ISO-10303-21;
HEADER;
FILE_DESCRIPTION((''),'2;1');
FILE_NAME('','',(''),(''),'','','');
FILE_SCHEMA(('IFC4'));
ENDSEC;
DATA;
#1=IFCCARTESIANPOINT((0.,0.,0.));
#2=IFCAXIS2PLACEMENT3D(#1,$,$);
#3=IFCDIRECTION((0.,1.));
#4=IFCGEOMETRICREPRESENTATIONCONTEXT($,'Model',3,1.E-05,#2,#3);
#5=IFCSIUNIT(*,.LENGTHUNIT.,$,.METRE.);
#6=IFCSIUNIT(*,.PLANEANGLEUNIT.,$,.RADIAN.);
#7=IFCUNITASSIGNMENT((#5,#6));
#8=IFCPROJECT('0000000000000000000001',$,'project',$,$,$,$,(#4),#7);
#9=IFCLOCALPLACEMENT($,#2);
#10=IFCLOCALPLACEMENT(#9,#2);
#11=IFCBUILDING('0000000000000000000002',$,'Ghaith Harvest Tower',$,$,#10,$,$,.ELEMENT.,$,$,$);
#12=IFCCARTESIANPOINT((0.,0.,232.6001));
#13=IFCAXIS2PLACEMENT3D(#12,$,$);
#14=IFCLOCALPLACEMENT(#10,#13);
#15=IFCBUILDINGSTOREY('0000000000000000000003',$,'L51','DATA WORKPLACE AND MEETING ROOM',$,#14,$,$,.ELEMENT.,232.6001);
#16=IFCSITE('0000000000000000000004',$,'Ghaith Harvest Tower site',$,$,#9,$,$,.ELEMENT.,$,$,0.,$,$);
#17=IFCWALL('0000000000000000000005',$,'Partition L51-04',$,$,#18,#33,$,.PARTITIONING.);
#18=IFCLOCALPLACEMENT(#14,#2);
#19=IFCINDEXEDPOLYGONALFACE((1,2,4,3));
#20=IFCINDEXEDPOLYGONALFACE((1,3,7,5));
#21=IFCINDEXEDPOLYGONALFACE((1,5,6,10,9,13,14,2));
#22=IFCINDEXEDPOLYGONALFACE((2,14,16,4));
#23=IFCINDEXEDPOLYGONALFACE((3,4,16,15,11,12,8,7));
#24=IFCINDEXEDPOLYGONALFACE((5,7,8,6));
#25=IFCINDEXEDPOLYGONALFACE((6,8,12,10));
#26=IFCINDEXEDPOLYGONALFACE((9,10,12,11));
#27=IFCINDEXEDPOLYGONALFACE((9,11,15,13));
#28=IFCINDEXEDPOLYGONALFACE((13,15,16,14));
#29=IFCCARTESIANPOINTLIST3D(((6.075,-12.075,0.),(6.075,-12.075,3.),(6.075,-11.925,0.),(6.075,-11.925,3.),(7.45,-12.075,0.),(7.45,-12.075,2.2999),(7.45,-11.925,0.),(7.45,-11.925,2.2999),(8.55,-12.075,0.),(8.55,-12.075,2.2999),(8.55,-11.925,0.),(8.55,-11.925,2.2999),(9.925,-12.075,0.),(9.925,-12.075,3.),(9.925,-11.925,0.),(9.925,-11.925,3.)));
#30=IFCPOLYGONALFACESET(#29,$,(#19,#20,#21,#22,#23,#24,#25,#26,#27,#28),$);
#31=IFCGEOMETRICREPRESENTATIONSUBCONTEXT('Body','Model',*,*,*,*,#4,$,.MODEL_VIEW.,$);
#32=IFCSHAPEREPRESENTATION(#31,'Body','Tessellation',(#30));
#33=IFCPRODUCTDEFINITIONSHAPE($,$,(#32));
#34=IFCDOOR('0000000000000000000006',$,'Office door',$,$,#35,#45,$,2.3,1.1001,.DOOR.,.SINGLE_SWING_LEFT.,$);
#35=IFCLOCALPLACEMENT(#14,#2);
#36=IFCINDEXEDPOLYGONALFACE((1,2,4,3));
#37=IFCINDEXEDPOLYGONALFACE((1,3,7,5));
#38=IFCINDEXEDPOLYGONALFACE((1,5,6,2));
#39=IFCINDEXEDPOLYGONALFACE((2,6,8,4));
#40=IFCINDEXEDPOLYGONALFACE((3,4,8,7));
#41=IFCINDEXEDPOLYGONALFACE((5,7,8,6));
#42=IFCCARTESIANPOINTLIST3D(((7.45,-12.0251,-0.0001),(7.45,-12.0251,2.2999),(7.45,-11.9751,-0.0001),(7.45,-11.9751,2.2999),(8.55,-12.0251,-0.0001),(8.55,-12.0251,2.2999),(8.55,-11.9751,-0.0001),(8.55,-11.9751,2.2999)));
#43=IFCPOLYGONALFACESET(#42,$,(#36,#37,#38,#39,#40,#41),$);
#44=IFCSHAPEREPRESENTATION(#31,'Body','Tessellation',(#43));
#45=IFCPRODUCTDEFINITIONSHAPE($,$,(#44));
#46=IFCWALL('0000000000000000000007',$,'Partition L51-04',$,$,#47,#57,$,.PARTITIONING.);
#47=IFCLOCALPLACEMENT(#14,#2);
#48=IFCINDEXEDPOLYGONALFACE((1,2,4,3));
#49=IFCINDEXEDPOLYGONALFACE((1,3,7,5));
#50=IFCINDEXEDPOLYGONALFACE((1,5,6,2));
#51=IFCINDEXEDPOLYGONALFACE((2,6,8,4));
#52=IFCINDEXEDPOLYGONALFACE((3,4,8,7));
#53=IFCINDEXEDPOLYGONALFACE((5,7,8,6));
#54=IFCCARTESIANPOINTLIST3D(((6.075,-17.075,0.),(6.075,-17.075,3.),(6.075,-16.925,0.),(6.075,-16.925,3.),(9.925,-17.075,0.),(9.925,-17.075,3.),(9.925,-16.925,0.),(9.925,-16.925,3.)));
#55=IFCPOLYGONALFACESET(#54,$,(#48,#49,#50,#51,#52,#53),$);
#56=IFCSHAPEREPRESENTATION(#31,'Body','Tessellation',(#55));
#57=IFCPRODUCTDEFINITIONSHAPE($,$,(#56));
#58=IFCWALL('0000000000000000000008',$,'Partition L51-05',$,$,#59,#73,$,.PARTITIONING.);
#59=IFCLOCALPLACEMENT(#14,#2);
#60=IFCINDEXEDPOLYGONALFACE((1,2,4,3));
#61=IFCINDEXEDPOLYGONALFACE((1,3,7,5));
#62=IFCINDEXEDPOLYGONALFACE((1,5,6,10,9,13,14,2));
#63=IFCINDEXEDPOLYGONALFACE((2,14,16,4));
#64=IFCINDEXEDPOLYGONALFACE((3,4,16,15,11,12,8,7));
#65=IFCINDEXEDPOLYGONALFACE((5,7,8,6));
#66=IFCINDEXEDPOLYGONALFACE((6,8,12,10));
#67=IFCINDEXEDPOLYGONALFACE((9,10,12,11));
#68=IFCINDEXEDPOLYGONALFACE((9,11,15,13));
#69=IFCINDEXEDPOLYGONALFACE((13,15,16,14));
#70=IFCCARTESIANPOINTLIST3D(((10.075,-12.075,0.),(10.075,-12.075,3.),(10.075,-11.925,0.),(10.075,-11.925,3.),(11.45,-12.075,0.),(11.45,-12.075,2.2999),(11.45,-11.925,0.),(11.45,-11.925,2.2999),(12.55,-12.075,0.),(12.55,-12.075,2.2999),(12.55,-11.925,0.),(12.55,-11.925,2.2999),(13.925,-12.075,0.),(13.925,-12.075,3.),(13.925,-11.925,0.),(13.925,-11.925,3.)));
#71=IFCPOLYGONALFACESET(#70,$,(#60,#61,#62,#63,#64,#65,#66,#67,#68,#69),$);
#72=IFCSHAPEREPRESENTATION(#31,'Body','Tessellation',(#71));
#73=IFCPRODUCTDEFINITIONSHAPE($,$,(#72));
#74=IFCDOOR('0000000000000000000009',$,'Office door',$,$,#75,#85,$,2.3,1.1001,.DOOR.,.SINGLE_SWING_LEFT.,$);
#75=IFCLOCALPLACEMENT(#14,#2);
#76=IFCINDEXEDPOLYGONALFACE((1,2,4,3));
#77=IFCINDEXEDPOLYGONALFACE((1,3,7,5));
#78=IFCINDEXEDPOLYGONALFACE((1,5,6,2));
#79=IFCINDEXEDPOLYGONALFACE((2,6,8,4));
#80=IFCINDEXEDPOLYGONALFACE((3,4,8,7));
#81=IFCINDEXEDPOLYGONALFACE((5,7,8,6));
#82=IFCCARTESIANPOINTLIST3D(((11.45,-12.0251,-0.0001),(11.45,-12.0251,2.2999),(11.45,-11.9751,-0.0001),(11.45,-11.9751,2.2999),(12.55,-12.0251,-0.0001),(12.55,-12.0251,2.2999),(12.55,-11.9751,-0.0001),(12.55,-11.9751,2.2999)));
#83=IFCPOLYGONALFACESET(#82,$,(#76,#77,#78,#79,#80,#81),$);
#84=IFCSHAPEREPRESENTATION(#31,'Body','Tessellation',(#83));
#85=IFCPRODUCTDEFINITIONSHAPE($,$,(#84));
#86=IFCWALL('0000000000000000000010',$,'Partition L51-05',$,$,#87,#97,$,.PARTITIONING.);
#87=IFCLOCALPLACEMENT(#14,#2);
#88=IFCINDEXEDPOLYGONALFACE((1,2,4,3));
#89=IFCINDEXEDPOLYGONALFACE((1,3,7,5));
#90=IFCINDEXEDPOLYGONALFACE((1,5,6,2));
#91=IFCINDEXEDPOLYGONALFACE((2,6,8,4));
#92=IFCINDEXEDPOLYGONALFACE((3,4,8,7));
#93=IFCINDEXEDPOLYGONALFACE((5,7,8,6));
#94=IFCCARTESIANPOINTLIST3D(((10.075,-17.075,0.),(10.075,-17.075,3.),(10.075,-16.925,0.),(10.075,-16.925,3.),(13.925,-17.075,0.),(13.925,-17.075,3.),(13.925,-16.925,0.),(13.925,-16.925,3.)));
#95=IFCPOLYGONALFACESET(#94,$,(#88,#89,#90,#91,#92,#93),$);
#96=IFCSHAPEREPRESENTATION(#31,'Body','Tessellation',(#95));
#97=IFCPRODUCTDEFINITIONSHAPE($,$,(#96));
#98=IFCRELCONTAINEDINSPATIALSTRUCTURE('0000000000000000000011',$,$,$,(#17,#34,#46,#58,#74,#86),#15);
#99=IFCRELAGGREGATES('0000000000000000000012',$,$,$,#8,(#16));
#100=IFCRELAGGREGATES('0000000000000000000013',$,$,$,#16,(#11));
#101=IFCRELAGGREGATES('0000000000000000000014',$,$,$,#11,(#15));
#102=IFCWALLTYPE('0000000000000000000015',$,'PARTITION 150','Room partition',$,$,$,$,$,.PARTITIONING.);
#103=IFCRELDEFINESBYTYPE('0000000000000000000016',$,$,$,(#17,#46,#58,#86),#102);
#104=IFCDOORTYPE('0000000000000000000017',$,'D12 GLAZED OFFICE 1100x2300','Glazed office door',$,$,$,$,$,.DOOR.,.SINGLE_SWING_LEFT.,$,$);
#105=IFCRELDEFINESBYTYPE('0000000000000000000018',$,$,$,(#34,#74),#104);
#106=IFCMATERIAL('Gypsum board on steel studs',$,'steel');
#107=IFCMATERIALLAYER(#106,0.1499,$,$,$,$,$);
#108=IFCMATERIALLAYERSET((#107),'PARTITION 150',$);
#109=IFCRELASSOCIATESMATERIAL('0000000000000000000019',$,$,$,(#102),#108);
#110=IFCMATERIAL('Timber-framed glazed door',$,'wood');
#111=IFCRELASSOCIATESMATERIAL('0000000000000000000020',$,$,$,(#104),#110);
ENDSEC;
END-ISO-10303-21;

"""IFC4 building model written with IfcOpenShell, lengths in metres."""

from ifc_helpers import new_model, si_unit, direction, frame, frame_2d, origin, place, context, subcontext, project, spatial, rectangle, extrude, material, layer, layer_set, type_object, element, fill, save


model = new_model("IFC4")

# Units and contexts
model_context = context("Model", 3, precision=1e-05, world=origin(), true_north=direction((0.0, 1.0)))
body_context = subcontext(model_context, "Body", "Model", "MODEL_VIEW")
ifc_project = project(units=[si_unit("LENGTHUNIT", "METRE"), si_unit("PLANEANGLEUNIT", "RADIAN")], contexts=[model_context])

# Site, building, storey
site_placement = place(None, origin())
site = spatial("IfcSite", under=ifc_project, at=site_placement, Name="Ghaith Harvest Tower site", CompositionType="ELEMENT", RefElevation=0.0)
building_placement = place(site_placement, origin())
building = spatial("IfcBuilding", under=site, at=building_placement, Name="Ghaith Harvest Tower", CompositionType="ELEMENT")
storey_placement = place(building_placement, frame((0.0, 0.0, 232.6001)))
storey = spatial("IfcBuildingStorey", under=building, at=storey_placement, Name="L51", Description="DATA WORKPLACE AND MEETING ROOM", CompositionType="ELEMENT", Elevation=232.6001)

# Shared definitions
ifc_material_1 = material(Name="Gypsum board on steel studs", Category="steel")
ifc_layer_1 = layer(ifc_material_1, 0.1499)
ifc_layer_set_1 = layer_set([ifc_layer_1], Name="PARTITION 150")
wall_type = type_object("IfcWallType", Name="PARTITION 150", Description="Room partition", PredefinedType="PARTITIONING", material=ifc_layer_set_1)

# Shared definitions
ifc_material_2 = material(Name="Timber-framed glazed door", Category="wood")
door_type = type_object("IfcDoorType", Name="D12 GLAZED OFFICE 1100x2300", Description="Glazed office door", OperationType="SINGLE_SWING_LEFT", PredefinedType="DOOR", material=ifc_material_2)

# Wall, opening, door
wall_1_placement = place(storey_placement, frame((6.075, -12.0, 0.0), z_axis=(0.0, 0.0, 1.0), x_axis=(1.0, 0.0, 0.0)))
wall_1 = element("IfcWall", 1, at=wall_1_placement, inside=storey, type_object=wall_type, Name="Partition L51-04", PredefinedType="PARTITIONING", context=body_context, shape_type="SweptSolid", body=[
    extrude(rectangle(XDim=3.8501, YDim=0.1499, at=frame_2d((1.925, 0.0))), origin(), (0.0, 0.0, 1.0), 3.0),
])
opening_1_placement = place(wall_1_placement, frame((1.375, 0.0, 0.0)))
opening_1 = element("IfcOpeningElement", 2, at=opening_1_placement, cuts=wall_1, PredefinedType="OPENING", context=body_context, shape_type="SweptSolid", body=[
    extrude(rectangle(XDim=1.1001, YDim=2.3, at=frame_2d((0.55, 1.1499))), frame((0.0, 0.085, 0.0), z_axis=(0.0, -1.0, 0.0), x_axis=(1.0, 0.0, 0.0)), (0.0, 0.0, 1.0), 0.1699),
])
door_1_placement = place(opening_1_placement, origin())
door_1 = element("IfcDoor", 3, at=door_1_placement, inside=storey, type_object=door_type, Name="Office door", OperationType="SINGLE_SWING_LEFT", OverallHeight=2.3, OverallWidth=1.1001, PredefinedType="DOOR", context=body_context, shape_type="SweptSolid", body=[
    extrude(rectangle(XDim=1.1001, YDim=2.3, at=frame_2d((0.55, 1.1499))), frame((0.0, 0.0249, 0.0), z_axis=(0.0, -1.0, 0.0), x_axis=(1.0, 0.0, 0.0)), (0.0, 0.0, 1.0), 0.05),
])
fill(opening_1, door_1)

# Wall
wall_2_placement = place(storey_placement, frame((6.075, -17.0, 0.0), z_axis=(0.0, 0.0, 1.0), x_axis=(1.0, 0.0, 0.0)))
element("IfcWall", 4, at=wall_2_placement, inside=storey, type_object=wall_type, Name="Partition L51-04", PredefinedType="PARTITIONING", context=body_context, shape_type="SweptSolid", body=[
    extrude(rectangle(XDim=3.8501, YDim=0.1499, at=frame_2d((1.925, 0.0))), origin(), (0.0, 0.0, 1.0), 3.0),
])

# Wall, opening, door
wall_3_placement = place(storey_placement, frame((10.075, -12.0, 0.0), z_axis=(0.0, 0.0, 1.0), x_axis=(1.0, 0.0, 0.0)))
wall_3 = element("IfcWall", 5, at=wall_3_placement, inside=storey, type_object=wall_type, Name="Partition L51-05", PredefinedType="PARTITIONING", context=body_context, shape_type="SweptSolid", body=[
    extrude(rectangle(XDim=3.8501, YDim=0.1499, at=frame_2d((1.925, 0.0))), origin(), (0.0, 0.0, 1.0), 3.0),
])
opening_2_placement = place(wall_3_placement, frame((1.375, 0.0, 0.0)))
opening_2 = element("IfcOpeningElement", 6, at=opening_2_placement, cuts=wall_3, PredefinedType="OPENING", context=body_context, shape_type="SweptSolid", body=[
    extrude(rectangle(XDim=1.1001, YDim=2.3, at=frame_2d((0.55, 1.1499))), frame((0.0, 0.085, 0.0), z_axis=(0.0, -1.0, 0.0), x_axis=(1.0, 0.0, 0.0)), (0.0, 0.0, 1.0), 0.1699),
])
door_2_placement = place(opening_2_placement, origin())
door_2 = element("IfcDoor", 7, at=door_2_placement, inside=storey, type_object=door_type, Name="Office door", OperationType="SINGLE_SWING_LEFT", OverallHeight=2.3, OverallWidth=1.1001, PredefinedType="DOOR", context=body_context, shape_type="SweptSolid", body=[
    extrude(rectangle(XDim=1.1001, YDim=2.3, at=frame_2d((0.55, 1.1499))), frame((0.0, 0.0249, 0.0), z_axis=(0.0, -1.0, 0.0), x_axis=(1.0, 0.0, 0.0)), (0.0, 0.0, 1.0), 0.05),
])
fill(opening_2, door_2)

# Wall
wall_4_placement = place(storey_placement, frame((10.075, -17.0, 0.0), z_axis=(0.0, 0.0, 1.0), x_axis=(1.0, 0.0, 0.0)))
element("IfcWall", 8, at=wall_4_placement, inside=storey, type_object=wall_type, Name="Partition L51-05", PredefinedType="PARTITIONING", context=body_context, shape_type="SweptSolid", body=[
    extrude(rectangle(XDim=3.8501, YDim=0.1499, at=frame_2d((1.925, 0.0))), origin(), (0.0, 0.0, 1.0), 3.0),
])

save(model, "model.ifc")
